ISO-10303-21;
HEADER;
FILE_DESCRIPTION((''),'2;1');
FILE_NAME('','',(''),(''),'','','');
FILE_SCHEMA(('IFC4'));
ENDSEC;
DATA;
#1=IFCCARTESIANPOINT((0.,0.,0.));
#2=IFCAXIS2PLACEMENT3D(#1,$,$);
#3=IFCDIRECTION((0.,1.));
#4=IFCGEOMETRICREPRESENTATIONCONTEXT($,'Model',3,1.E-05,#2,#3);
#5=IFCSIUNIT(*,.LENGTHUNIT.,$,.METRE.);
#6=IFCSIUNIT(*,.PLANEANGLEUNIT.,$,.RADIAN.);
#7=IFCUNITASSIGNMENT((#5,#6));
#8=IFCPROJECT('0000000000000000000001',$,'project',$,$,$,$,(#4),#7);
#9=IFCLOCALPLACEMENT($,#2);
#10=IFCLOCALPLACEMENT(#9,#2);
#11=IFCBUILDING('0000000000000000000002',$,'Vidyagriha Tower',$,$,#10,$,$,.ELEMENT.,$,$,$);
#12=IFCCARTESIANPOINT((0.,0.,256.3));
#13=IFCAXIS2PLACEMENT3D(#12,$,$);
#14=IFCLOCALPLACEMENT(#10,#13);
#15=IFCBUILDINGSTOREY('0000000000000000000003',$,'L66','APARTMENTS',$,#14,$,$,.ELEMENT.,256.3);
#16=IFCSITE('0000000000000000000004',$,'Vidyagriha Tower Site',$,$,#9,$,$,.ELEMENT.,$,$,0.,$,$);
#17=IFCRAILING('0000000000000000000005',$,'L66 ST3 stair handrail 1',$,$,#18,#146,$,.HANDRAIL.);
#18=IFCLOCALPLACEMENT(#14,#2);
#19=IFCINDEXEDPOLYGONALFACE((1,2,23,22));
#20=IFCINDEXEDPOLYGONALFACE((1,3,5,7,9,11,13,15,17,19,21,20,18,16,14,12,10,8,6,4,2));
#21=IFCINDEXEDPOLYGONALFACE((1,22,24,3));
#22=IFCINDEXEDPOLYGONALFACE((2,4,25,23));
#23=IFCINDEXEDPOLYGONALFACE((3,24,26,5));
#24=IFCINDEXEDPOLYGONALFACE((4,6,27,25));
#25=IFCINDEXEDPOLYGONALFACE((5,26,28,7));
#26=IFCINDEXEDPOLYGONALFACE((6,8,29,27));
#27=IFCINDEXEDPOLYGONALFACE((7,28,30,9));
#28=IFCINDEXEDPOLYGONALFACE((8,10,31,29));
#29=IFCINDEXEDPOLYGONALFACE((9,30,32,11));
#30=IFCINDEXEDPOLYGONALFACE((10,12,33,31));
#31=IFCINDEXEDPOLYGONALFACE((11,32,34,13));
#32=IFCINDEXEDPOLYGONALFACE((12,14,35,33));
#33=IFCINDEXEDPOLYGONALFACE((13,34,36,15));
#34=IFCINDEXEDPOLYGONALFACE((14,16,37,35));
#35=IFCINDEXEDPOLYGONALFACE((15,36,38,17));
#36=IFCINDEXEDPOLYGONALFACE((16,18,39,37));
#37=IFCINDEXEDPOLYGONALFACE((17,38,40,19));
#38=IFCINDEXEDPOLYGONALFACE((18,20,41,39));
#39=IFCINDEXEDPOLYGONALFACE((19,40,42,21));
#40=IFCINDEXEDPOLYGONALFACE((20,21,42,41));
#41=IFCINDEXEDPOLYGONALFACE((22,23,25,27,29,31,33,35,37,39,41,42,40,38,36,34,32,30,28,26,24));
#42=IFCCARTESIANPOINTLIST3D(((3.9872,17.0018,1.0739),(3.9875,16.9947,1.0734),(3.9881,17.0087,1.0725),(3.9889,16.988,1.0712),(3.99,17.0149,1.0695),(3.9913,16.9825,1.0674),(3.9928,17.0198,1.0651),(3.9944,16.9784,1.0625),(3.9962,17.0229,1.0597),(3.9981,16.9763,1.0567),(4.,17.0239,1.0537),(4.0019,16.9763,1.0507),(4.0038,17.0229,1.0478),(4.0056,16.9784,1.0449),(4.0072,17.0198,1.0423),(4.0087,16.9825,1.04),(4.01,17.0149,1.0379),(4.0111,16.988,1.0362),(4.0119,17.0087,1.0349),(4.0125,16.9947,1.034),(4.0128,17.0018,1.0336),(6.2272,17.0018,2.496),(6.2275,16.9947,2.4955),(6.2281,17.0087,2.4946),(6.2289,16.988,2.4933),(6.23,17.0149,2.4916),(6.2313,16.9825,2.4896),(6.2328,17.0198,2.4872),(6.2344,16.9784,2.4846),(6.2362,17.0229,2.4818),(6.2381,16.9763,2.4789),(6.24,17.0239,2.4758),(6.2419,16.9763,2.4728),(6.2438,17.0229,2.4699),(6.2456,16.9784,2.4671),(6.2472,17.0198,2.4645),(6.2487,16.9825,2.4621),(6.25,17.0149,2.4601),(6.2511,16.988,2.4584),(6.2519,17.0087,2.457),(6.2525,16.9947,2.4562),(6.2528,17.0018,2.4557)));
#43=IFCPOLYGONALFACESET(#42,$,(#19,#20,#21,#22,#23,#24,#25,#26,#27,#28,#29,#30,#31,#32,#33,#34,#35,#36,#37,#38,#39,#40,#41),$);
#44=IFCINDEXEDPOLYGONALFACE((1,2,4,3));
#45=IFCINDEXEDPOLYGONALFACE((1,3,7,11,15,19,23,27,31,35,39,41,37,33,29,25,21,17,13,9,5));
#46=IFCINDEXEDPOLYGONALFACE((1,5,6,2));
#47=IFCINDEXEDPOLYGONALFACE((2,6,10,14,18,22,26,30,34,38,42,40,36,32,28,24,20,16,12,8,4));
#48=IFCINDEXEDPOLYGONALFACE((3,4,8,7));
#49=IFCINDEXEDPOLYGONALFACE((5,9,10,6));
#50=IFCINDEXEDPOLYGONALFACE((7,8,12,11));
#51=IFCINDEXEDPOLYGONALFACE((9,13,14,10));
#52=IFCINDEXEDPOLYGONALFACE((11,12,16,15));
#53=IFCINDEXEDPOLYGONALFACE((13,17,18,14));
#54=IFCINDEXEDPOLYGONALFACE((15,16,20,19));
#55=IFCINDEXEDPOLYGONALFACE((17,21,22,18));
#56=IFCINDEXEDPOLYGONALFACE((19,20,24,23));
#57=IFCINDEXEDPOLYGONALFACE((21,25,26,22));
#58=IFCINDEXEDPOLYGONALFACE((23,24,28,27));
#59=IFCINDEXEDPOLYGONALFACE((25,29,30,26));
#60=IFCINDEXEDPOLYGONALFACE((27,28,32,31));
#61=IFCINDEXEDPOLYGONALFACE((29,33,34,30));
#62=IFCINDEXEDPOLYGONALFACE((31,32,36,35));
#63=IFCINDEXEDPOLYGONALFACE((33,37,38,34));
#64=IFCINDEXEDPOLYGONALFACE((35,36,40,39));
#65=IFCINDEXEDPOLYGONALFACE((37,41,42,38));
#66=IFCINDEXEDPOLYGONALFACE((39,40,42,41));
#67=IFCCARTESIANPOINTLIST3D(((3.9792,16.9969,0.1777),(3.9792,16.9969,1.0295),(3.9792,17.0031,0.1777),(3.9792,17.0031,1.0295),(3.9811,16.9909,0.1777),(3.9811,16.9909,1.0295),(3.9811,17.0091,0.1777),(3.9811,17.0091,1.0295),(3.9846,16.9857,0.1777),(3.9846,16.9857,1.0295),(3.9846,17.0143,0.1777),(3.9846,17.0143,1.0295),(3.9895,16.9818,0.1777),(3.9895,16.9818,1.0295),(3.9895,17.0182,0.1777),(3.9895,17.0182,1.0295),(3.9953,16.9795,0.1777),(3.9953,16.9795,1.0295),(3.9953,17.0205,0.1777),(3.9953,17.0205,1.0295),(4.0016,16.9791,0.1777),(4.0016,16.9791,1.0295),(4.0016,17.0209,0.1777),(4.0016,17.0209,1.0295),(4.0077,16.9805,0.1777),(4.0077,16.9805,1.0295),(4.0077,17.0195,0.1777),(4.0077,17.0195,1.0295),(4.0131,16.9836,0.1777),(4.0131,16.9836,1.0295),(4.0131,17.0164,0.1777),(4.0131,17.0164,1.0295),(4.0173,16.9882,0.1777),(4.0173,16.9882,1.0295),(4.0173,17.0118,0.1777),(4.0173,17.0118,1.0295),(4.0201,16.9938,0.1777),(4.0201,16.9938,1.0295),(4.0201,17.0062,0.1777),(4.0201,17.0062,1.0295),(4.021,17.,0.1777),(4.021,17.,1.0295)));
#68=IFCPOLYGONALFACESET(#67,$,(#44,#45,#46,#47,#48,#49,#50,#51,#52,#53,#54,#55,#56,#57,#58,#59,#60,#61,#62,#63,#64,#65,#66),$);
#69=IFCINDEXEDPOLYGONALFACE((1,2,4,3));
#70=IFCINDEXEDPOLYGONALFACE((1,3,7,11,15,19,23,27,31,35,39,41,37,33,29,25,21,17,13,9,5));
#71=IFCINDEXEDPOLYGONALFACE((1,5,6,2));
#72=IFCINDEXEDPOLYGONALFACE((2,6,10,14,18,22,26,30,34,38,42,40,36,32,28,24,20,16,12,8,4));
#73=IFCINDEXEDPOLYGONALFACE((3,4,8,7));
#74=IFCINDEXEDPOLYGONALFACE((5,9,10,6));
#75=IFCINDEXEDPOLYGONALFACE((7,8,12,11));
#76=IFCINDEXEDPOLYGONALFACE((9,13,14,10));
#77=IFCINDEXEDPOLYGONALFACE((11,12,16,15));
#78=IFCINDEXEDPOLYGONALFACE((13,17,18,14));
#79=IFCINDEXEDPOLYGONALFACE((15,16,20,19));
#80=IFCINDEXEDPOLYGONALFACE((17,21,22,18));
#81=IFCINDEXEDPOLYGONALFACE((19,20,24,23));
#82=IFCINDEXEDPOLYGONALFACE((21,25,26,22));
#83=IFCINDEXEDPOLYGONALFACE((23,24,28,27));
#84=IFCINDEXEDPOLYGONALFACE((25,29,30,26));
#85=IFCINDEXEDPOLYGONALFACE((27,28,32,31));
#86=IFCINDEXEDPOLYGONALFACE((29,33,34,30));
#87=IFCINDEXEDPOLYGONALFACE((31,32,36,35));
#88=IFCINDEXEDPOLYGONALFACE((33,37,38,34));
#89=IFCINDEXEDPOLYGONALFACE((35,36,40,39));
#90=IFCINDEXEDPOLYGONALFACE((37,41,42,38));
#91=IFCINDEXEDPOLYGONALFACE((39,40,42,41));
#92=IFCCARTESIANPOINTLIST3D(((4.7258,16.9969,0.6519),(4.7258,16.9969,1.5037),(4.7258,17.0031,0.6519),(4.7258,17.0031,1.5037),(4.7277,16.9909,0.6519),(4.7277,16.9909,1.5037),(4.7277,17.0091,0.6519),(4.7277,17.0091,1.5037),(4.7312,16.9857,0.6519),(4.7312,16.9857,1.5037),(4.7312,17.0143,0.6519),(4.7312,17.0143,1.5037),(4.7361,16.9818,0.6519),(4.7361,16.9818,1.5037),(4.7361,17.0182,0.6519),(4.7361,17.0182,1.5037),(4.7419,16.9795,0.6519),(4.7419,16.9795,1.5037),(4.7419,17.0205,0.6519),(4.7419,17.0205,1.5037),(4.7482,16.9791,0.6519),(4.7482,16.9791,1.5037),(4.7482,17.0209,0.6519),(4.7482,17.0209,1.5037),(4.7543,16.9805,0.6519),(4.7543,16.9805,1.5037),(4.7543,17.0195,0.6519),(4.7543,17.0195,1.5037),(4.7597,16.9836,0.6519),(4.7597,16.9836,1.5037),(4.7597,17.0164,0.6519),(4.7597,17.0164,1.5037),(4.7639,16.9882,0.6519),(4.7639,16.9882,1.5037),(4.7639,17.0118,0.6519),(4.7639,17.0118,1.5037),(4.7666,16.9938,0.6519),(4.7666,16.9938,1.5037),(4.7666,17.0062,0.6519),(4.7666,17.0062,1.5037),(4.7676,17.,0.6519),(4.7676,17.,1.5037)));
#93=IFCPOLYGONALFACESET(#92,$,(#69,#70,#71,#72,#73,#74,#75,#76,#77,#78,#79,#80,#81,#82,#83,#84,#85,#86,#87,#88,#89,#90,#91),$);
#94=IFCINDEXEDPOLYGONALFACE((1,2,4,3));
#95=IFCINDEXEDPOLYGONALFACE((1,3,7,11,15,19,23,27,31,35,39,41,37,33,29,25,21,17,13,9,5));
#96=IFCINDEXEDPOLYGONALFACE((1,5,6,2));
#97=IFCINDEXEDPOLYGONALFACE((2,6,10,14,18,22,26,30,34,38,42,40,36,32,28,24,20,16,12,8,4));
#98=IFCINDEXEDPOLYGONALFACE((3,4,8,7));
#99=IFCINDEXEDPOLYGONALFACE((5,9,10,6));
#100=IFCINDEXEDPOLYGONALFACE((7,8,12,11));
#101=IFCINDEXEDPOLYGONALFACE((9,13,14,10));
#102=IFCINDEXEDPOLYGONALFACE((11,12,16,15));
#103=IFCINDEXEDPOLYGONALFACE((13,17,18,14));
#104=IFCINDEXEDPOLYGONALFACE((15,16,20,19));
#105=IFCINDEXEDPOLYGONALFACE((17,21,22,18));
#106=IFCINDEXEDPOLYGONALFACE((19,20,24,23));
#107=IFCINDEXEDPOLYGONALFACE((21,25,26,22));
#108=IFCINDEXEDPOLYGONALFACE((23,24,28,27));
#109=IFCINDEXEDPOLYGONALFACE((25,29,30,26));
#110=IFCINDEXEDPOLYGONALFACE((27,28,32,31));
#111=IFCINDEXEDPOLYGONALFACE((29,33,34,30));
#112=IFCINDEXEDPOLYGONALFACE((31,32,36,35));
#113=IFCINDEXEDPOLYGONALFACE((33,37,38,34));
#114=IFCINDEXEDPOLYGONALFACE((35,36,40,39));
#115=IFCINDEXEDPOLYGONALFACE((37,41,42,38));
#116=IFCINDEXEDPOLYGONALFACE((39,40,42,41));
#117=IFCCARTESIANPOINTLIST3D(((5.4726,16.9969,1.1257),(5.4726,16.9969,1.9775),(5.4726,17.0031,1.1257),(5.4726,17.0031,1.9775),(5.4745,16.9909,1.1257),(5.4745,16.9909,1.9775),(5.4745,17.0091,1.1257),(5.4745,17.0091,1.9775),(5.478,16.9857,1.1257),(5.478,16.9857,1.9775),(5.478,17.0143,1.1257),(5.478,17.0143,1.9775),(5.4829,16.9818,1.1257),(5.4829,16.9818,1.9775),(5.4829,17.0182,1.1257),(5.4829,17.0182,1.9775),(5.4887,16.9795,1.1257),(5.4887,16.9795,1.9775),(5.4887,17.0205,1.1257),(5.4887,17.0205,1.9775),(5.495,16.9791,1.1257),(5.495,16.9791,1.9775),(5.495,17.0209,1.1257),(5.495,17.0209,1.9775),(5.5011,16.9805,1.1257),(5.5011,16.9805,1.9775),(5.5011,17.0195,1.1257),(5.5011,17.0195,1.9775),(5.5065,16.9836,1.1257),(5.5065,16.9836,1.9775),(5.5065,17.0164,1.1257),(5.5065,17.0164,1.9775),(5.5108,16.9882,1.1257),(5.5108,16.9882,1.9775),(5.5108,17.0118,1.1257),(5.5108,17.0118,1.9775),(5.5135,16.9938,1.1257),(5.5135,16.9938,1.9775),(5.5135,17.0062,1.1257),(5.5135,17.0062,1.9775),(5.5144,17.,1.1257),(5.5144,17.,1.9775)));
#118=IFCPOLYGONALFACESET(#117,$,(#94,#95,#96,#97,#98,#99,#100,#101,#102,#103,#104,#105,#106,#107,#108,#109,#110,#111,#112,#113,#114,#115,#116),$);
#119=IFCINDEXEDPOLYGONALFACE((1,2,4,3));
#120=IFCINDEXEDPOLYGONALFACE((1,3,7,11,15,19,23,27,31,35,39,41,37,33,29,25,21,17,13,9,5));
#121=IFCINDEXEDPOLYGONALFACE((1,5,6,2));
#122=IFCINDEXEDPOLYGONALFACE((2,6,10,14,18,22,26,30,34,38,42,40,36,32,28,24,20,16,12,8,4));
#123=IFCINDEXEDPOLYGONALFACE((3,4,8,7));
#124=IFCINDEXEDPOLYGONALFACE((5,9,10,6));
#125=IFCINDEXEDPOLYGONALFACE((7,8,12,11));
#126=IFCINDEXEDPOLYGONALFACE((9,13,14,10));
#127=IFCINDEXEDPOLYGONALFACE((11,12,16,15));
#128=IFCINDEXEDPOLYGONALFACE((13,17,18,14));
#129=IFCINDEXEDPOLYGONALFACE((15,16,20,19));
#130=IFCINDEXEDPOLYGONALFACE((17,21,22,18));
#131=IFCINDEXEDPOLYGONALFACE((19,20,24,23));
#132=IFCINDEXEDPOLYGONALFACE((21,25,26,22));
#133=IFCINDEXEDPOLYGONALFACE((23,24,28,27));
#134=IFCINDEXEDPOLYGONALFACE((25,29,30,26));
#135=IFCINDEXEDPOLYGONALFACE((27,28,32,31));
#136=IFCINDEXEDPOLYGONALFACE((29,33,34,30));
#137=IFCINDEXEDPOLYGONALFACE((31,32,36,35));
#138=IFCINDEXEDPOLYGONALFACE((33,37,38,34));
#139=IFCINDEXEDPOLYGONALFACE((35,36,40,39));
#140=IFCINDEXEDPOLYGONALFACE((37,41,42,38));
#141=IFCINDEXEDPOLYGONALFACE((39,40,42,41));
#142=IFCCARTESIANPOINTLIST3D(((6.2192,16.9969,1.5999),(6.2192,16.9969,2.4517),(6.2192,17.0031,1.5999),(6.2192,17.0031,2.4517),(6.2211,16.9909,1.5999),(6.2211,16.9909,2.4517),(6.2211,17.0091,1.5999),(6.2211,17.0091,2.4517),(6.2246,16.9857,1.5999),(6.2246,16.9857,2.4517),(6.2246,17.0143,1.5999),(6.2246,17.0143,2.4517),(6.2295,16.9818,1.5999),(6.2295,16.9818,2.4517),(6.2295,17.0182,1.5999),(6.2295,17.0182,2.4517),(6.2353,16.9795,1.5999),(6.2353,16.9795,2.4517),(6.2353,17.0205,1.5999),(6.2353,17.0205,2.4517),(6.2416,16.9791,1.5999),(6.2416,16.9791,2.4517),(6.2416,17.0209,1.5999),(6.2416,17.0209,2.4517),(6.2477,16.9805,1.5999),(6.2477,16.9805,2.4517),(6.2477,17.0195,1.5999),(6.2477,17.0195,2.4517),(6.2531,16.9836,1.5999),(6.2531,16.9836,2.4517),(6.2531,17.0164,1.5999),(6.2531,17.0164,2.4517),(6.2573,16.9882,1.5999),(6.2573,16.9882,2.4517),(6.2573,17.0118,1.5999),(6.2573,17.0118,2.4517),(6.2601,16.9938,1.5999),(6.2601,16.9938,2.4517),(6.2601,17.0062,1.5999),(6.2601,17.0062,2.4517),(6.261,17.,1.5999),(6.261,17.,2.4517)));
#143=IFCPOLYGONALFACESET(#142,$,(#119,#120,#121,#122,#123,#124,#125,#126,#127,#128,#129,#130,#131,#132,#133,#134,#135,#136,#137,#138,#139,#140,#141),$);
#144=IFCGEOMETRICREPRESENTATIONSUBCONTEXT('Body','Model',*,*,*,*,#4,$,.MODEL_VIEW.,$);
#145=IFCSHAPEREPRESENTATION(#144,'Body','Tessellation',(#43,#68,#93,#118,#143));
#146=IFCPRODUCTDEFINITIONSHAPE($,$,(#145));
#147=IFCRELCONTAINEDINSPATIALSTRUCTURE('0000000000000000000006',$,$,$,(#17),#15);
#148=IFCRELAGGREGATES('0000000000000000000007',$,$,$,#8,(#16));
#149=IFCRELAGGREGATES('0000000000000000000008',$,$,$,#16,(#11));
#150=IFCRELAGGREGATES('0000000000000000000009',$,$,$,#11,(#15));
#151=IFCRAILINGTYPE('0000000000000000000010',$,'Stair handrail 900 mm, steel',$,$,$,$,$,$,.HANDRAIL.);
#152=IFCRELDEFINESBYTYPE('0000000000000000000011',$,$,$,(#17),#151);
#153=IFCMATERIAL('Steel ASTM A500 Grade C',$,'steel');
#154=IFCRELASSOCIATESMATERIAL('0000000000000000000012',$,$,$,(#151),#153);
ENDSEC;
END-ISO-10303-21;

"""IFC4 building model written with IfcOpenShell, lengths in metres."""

from ifc_helpers import new_model, si_unit, direction, frame, origin, origin_2d, place, context, subcontext, project, spatial, circle, extrude, material, type_object, element, save


model = new_model("IFC4")

# Units and contexts
model_context = context("Model", 3, precision=1e-05, world=origin(), true_north=direction((0.0, 1.0)))
body_context = subcontext(model_context, "Body", "Model", "MODEL_VIEW")
ifc_project = project(units=[si_unit("LENGTHUNIT", "METRE"), si_unit("PLANEANGLEUNIT", "RADIAN")], contexts=[model_context])

# Site, building, storey
site_placement = place(None, origin())
site = spatial("IfcSite", under=ifc_project, at=site_placement, Name="Vidyagriha Tower Site", CompositionType="ELEMENT", RefElevation=0.0)
building_placement = place(site_placement, origin())
building = spatial("IfcBuilding", under=site, at=building_placement, Name="Vidyagriha Tower", CompositionType="ELEMENT")
storey_placement = place(building_placement, frame((0.0, 0.0, 256.3)))
storey = spatial("IfcBuildingStorey", under=building, at=storey_placement, Name="L66", Description="APARTMENTS", CompositionType="ELEMENT", Elevation=256.3)

# Railing
ifc_material_1 = material(Name="Steel ASTM A500 Grade C", Category="steel")
railing_type_1 = type_object("IfcRailingType", Name="Stair handrail 900 mm, steel", PredefinedType="HANDRAIL", material=ifc_material_1)
railing_1_placement = place(storey_placement, frame((4.0, 17.0, 0.1777)))
element("IfcRailing", 1, at=railing_1_placement, inside=storey, type_object=railing_type_1, Name="L66 ST3 stair handrail 1", PredefinedType="HANDRAIL", context=body_context, shape_type="SweptSolid", body=[
    extrude(circle(Radius=0.0239, at=origin_2d()), frame((0.0, 0.0, 0.876), z_axis=(0.844229, 0.0, 0.535982), x_axis=(0.0, 1.0, 0.0)), (0.0, 0.0, 1.0), 2.6533),
    extrude(circle(Radius=0.021, at=origin_2d()), origin(), (0.0, 0.0, 1.0), 0.8518),
    extrude(circle(Radius=0.021, at=origin_2d()), frame((0.7466, 0.0, 0.4741)), (0.0, 0.0, 1.0), 0.8518),
    extrude(circle(Radius=0.021, at=origin_2d()), frame((1.4934, 0.0, 0.948)), (0.0, 0.0, 1.0), 0.8518),
    extrude(circle(Radius=0.021, at=origin_2d()), frame((2.24, 0.0, 1.4221)), (0.0, 0.0, 1.0), 0.8518),
])

save(model, "model.ifc")
